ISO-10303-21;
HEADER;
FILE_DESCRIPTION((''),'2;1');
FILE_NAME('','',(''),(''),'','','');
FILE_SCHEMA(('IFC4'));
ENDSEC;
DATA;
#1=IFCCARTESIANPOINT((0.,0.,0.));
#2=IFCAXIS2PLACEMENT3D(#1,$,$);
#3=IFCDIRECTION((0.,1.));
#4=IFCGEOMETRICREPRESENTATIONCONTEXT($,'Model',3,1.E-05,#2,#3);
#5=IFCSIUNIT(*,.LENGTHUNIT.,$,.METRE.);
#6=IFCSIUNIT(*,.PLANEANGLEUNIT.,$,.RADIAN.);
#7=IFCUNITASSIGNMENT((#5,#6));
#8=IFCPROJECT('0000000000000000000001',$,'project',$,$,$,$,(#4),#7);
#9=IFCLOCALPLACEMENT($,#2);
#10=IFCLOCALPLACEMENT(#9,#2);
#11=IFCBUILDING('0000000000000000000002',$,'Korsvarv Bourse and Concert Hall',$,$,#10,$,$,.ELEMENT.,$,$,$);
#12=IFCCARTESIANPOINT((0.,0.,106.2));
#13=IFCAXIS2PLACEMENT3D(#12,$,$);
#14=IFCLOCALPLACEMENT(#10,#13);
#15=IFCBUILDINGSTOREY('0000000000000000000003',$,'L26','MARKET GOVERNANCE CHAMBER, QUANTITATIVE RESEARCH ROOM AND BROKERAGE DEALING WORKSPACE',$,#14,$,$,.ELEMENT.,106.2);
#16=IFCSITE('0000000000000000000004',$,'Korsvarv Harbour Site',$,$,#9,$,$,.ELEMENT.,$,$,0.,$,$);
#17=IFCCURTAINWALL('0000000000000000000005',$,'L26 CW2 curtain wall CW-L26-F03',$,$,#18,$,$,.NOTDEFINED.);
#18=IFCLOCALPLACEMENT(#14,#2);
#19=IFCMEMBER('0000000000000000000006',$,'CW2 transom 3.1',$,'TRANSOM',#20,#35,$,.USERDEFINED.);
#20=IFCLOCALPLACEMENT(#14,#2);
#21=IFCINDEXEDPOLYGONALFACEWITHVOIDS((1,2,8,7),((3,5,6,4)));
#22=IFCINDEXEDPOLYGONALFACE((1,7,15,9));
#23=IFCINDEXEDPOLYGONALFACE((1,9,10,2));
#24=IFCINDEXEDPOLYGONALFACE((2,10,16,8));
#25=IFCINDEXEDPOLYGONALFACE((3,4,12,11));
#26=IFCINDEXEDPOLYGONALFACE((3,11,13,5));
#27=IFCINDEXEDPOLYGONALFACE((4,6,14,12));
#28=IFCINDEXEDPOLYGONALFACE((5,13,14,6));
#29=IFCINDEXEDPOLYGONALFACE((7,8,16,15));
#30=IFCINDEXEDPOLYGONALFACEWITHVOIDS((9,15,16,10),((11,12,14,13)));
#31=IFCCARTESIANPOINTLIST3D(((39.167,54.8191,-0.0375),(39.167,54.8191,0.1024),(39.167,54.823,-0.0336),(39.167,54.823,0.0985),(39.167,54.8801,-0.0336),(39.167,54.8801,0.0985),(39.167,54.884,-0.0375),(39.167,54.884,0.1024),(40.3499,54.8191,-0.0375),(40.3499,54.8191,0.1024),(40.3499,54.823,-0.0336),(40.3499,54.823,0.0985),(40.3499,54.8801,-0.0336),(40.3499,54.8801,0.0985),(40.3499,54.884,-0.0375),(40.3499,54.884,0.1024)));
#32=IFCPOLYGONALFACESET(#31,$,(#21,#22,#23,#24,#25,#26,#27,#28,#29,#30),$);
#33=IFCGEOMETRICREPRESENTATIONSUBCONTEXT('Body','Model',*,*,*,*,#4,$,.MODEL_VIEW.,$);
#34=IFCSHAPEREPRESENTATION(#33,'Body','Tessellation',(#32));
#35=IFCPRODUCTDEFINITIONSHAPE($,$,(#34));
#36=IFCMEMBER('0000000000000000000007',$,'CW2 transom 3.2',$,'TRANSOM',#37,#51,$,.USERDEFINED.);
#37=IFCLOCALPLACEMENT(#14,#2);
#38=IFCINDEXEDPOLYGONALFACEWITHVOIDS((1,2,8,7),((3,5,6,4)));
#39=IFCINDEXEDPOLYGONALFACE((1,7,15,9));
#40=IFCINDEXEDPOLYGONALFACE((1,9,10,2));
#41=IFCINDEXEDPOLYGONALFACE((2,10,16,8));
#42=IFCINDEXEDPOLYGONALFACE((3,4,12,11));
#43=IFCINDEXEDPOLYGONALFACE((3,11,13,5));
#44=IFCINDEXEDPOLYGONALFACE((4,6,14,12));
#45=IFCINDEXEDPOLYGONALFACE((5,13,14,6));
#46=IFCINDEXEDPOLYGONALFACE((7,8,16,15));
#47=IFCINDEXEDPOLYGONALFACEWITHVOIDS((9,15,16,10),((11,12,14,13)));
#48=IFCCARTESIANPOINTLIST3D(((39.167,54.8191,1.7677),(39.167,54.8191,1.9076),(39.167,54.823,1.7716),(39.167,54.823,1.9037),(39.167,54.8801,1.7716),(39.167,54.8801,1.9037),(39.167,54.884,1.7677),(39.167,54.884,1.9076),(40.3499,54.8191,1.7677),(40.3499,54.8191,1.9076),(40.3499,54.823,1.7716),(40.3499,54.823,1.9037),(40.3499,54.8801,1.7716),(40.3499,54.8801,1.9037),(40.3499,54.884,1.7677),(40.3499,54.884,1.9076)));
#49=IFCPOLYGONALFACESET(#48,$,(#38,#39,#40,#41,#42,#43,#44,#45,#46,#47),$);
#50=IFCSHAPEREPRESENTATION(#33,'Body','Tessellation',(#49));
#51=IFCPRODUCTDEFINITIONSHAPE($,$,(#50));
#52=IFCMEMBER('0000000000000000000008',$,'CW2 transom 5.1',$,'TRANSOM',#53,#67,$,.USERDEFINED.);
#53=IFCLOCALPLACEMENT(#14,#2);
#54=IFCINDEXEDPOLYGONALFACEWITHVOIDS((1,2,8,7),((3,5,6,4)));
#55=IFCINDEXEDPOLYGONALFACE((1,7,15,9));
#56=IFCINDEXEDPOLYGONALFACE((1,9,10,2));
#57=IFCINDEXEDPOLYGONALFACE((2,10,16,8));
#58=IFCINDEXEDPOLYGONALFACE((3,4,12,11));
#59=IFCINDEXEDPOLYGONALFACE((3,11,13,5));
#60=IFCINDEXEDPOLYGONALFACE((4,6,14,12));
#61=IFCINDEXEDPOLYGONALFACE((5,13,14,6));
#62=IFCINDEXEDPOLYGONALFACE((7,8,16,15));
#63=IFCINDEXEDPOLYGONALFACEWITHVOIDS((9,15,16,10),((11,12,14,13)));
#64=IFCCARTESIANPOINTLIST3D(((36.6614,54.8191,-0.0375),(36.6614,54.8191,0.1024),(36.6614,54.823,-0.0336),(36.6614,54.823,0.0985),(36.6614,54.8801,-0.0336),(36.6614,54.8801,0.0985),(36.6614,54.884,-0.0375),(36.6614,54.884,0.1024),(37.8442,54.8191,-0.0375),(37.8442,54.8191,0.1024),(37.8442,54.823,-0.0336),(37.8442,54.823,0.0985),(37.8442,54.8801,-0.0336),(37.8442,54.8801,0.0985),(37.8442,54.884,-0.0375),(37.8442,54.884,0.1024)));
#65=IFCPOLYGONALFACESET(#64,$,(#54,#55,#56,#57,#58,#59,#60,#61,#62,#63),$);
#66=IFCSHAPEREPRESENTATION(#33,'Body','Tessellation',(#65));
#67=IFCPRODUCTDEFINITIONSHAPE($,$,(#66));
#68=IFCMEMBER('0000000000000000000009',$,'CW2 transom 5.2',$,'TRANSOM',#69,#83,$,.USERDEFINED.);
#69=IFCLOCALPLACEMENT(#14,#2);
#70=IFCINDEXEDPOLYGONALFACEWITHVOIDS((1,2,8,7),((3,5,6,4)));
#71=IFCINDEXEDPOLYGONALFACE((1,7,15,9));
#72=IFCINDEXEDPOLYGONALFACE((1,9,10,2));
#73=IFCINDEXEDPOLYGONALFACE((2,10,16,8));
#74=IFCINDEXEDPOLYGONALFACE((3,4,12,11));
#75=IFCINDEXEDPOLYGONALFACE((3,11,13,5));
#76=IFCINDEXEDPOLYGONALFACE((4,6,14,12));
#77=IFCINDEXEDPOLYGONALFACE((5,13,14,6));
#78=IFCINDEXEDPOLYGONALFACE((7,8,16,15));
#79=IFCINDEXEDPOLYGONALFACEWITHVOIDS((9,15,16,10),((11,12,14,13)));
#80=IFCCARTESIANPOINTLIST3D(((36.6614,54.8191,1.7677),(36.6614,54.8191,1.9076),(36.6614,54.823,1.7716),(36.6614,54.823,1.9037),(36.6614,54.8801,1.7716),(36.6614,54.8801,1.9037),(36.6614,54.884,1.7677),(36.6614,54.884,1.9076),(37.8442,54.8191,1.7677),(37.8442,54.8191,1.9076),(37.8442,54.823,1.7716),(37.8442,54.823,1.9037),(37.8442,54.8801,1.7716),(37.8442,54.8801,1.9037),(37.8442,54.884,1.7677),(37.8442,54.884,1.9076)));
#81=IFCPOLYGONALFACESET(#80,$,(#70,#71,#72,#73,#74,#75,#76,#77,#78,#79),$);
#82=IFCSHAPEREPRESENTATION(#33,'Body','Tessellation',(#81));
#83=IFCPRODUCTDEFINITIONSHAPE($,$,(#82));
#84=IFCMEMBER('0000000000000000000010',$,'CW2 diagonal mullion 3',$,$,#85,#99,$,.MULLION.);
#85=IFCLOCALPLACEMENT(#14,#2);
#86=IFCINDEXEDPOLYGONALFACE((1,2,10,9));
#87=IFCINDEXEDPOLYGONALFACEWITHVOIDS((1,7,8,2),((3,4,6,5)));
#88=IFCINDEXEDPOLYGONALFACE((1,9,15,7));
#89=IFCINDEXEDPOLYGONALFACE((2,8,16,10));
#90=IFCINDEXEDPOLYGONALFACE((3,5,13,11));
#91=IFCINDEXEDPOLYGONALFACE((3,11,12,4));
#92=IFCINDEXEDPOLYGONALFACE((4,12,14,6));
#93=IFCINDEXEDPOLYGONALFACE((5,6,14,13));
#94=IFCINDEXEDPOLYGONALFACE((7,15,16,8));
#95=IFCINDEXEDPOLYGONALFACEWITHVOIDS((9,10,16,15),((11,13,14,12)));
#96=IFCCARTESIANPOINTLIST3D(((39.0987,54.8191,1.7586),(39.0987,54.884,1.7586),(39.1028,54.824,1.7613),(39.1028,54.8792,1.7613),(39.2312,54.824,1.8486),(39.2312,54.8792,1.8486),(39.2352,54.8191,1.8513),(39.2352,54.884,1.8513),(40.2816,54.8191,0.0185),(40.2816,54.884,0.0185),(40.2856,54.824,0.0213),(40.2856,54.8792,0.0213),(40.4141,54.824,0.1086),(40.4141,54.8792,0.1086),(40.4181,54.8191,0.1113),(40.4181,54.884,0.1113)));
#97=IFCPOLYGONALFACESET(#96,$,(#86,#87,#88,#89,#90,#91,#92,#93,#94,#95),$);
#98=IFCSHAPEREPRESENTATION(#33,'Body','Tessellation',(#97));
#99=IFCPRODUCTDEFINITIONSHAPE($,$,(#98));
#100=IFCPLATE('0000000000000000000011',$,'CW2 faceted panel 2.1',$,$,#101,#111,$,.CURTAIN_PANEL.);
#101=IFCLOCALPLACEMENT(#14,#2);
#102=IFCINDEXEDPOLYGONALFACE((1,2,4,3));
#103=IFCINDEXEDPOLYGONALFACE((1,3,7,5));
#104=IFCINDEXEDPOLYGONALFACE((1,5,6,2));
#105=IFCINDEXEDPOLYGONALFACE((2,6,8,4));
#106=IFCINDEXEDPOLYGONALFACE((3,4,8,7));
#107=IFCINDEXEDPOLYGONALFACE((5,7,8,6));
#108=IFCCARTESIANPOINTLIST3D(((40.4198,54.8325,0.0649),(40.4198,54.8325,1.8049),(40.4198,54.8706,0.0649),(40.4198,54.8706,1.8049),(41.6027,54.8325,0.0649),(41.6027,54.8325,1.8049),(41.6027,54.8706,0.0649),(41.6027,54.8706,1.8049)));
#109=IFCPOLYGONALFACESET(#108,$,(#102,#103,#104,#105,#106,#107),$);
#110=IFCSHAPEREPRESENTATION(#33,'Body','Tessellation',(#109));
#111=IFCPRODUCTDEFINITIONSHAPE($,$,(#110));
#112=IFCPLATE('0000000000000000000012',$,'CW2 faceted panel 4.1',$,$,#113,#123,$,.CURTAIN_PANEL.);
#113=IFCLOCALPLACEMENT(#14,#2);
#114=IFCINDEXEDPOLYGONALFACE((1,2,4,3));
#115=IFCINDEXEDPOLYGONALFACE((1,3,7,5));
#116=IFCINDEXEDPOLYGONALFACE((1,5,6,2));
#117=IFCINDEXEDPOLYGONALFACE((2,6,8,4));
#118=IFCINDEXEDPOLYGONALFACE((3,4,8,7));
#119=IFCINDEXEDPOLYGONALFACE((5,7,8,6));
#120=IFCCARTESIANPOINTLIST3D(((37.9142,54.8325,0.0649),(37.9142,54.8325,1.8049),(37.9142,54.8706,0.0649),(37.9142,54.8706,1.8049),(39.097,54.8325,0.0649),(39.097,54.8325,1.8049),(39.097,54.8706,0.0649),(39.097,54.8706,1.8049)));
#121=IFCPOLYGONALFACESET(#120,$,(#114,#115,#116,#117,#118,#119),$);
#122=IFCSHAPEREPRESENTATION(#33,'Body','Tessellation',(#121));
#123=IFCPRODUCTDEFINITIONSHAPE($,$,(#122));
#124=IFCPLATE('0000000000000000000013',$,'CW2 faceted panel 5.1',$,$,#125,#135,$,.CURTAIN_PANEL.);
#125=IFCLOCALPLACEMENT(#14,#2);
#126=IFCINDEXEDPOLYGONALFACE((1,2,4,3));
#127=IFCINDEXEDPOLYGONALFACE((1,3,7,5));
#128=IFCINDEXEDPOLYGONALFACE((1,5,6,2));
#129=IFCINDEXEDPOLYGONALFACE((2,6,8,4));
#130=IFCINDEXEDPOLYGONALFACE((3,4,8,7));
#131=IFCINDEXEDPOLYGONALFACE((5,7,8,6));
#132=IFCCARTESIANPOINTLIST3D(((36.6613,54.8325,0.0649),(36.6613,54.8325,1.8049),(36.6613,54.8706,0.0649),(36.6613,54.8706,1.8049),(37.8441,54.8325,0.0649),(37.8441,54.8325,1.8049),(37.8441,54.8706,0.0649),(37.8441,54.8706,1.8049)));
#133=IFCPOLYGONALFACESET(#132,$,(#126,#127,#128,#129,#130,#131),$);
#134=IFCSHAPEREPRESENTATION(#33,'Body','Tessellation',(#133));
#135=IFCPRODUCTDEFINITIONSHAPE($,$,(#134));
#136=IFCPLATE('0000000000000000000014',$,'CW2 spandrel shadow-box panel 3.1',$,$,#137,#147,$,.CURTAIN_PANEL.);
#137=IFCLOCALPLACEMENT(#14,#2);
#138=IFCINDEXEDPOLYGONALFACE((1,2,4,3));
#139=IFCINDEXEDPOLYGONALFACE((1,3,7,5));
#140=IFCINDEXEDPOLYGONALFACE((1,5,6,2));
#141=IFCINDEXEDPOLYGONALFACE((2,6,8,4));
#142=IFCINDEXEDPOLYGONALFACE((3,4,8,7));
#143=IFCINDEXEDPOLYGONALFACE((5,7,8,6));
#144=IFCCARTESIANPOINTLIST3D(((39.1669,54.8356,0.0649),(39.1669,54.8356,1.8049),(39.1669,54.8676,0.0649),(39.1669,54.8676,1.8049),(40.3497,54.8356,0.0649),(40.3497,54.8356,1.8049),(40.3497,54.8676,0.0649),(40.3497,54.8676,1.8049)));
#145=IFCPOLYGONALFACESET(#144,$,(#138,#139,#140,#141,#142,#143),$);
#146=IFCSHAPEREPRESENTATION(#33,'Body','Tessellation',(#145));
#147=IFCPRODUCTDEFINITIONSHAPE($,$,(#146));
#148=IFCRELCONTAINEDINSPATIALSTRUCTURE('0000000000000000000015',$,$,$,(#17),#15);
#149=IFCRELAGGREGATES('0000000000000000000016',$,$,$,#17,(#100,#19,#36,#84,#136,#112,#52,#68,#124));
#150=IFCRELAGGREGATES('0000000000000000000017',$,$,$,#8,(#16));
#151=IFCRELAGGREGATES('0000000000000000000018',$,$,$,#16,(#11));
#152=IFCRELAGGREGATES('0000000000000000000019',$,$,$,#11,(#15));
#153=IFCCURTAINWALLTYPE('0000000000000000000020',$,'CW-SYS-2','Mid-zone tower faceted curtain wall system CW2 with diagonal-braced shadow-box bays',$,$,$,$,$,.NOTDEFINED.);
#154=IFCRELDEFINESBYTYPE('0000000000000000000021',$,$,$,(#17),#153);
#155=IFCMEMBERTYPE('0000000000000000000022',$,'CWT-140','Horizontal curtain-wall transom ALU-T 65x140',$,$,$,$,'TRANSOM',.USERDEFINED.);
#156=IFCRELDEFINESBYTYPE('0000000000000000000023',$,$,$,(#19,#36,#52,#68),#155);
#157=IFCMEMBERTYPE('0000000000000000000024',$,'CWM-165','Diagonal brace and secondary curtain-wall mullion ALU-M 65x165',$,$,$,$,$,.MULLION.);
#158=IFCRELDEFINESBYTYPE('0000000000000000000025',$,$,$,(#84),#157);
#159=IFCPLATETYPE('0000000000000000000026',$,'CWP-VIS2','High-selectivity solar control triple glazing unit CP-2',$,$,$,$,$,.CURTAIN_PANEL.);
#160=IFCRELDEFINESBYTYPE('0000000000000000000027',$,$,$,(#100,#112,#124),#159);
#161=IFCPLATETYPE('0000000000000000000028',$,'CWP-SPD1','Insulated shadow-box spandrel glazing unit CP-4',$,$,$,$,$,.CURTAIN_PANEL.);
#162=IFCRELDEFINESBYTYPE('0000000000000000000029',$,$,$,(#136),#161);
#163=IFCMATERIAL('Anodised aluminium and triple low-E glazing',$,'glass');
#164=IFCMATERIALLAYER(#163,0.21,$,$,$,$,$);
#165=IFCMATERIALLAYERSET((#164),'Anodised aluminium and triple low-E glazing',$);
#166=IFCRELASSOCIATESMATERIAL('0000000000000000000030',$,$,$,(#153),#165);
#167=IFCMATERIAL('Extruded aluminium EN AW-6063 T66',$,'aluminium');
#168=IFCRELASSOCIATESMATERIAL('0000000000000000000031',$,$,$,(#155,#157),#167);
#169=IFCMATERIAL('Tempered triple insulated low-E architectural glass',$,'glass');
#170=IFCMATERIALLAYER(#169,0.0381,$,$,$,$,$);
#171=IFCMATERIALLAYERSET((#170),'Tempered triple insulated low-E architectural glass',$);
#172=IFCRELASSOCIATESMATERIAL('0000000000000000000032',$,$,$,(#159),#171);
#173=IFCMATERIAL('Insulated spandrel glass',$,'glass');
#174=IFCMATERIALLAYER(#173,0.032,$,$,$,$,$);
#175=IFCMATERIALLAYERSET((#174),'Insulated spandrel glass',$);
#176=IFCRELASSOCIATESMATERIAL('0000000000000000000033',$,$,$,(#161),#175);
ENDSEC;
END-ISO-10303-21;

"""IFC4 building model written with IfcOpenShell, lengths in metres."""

from ifc_helpers import new_model, si_unit, direction, frame, origin, origin_2d, place, context, subcontext, project, spatial, rectangle, hollow_rectangle, extrude, source, transform, mapped, material, layer, layer_set, material_profile, profile_set, type_object, element, aggregate, save


model = new_model("IFC4")

# Units and contexts
model_context = context("Model", 3, precision=1e-05, world=origin(), true_north=direction((0.0, 1.0)))
body_context = subcontext(model_context, "Body", "Model", "MODEL_VIEW")
ifc_project = project(units=[si_unit("LENGTHUNIT", "METRE"), si_unit("PLANEANGLEUNIT", "RADIAN")], contexts=[model_context])

# Site, building, storey
site_placement = place(None, origin())
site = spatial("IfcSite", under=ifc_project, at=site_placement, Name="Korsvarv Harbour Site", CompositionType="ELEMENT", RefElevation=0.0)
building_placement = place(site_placement, origin())
building = spatial("IfcBuilding", under=site, at=building_placement, Name="Korsvarv Bourse and Concert Hall", CompositionType="ELEMENT")
storey_placement = place(building_placement, frame((0.0, 0.0, 106.2)))
storey = spatial("IfcBuildingStorey", under=building, at=storey_placement, Name="L26", Description="MARKET GOVERNANCE CHAMBER, QUANTITATIVE RESEARCH ROOM AND BROKERAGE DEALING WORKSPACE", CompositionType="ELEMENT", Elevation=106.2)

# Curtain wall, members, plates
ifc_material_1 = material(Name="Anodised aluminium and triple low-E glazing", Category="glass")
ifc_layer_1 = layer(ifc_material_1, 0.21)
ifc_layer_set_1 = layer_set([ifc_layer_1], Name="Anodised aluminium and triple low-E glazing")
curtain_wall_type = type_object("IfcCurtainWallType", Name="CW-SYS-2", Description="Mid-zone tower faceted curtain wall system CW2 with diagonal-braced shadow-box bays", PredefinedType="NOTDEFINED", material=ifc_layer_set_1)
curtain_wall_placement = place(storey_placement, origin())
curtain_wall = element("IfcCurtainWall", 1, at=curtain_wall_placement, inside=storey, type_object=curtain_wall_type, Name="L26 CW2 curtain wall CW-L26-F03", PredefinedType="NOTDEFINED")
ifc_material_2 = material(Name="Extruded aluminium EN AW-6063 T66", Category="aluminium")
ifc_material_profile_1 = material_profile(ifc_material_2, hollow_rectangle(XDim=0.0649, YDim=0.1399, WallThickness=0.0039, at=origin_2d()), Name="ALU-T 65x140")
ifc_profile_set_1 = profile_set([ifc_material_profile_1], Name="Extruded aluminium EN AW-6063 T66")
member_type_1 = type_object("IfcMemberType", Name="CWT-140", Description="Horizontal curtain-wall transom ALU-T 65x140", ElementType="TRANSOM", PredefinedType="USERDEFINED", material=ifc_profile_set_1)
shared_shape_1 = source(origin(), body_context, "Body", "SweptSolid", [
    extrude(hollow_rectangle(XDim=0.0649, YDim=0.1399, WallThickness=0.0039, at=origin_2d()), origin(), (0.0, 0.0, 1.0), 1.1829),
])
member_1_placement = place(storey_placement, frame((40.3499, 54.8516, 0.0325), z_axis=(-1.0, 0.0, 0.0), x_axis=(0.0, -1.0, 0.0)))
member_1 = element("IfcMember", 2, at=member_1_placement, type_object=member_type_1, Name="CW2 transom 3.1", ObjectType="TRANSOM", PredefinedType="USERDEFINED", context=body_context, shape_type="MappedRepresentation", body=[
    mapped(shared_shape_1, transform((0.0, 0.0, 0.0), scale=1.0)),
])
member_2_placement = place(storey_placement, frame((40.3499, 54.8516, 1.8376), z_axis=(-1.0, 0.0, 0.0), x_axis=(0.0, -1.0, 0.0)))
member_2 = element("IfcMember", 3, at=member_2_placement, type_object=member_type_1, Name="CW2 transom 3.2", ObjectType="TRANSOM", PredefinedType="USERDEFINED", context=body_context, shape_type="MappedRepresentation", body=[
    mapped(shared_shape_1, transform((0.0, 0.0, 0.0), scale=1.0)),
])
member_3_placement = place(storey_placement, frame((37.8442, 54.8516, 0.0325), z_axis=(-1.0, 0.0, 0.0), x_axis=(0.0, -1.0, 0.0)))
member_3 = element("IfcMember", 4, at=member_3_placement, type_object=member_type_1, Name="CW2 transom 5.1", ObjectType="TRANSOM", PredefinedType="USERDEFINED", context=body_context, shape_type="MappedRepresentation", body=[
    mapped(shared_shape_1, transform((0.0, 0.0, 0.0), scale=1.0)),
])
member_4_placement = place(storey_placement, frame((37.8442, 54.8516, 1.8376), z_axis=(-1.0, 0.0, 0.0), x_axis=(0.0, -1.0, 0.0)))
member_4 = element("IfcMember", 5, at=member_4_placement, type_object=member_type_1, Name="CW2 transom 5.2", ObjectType="TRANSOM", PredefinedType="USERDEFINED", context=body_context, shape_type="MappedRepresentation", body=[
    mapped(shared_shape_1, transform((0.0, 0.0, 0.0), scale=1.0)),
])
ifc_material_profile_2 = material_profile(ifc_material_2, hollow_rectangle(XDim=0.0649, YDim=0.165, WallThickness=0.0049, at=origin_2d()), Name="ALU-M 65x165")
ifc_profile_set_2 = profile_set([ifc_material_profile_2], Name="Extruded aluminium EN AW-6063 T66")
member_type_2 = type_object("IfcMemberType", Name="CWM-165", Description="Diagonal brace and secondary curtain-wall mullion ALU-M 65x165", PredefinedType="MULLION", material=ifc_profile_set_2)
shared_shape_2 = source(origin(), body_context, "Body", "SweptSolid", [
    extrude(hollow_rectangle(XDim=0.0649, YDim=0.165, WallThickness=0.0049, at=origin_2d()), origin(), (0.0, 0.0, 1.0), 2.104),
])
member_5_placement = place(storey_placement, frame((40.3499, 54.8516, 0.0649), z_axis=(-0.562202, 0.0, 0.827), x_axis=(0.0, -1.0, 0.0)))
member_5 = element("IfcMember", 6, at=member_5_placement, type_object=member_type_2, Name="CW2 diagonal mullion 3", PredefinedType="MULLION", context=body_context, shape_type="MappedRepresentation", body=[
    mapped(shared_shape_2, transform((0.0, 0.0, 0.0), scale=1.0)),
])
ifc_material_3 = material(Name="Tempered triple insulated low-E architectural glass", Category="glass")
ifc_layer_2 = layer(ifc_material_3, 0.0381)
ifc_layer_set_2 = layer_set([ifc_layer_2], Name="Tempered triple insulated low-E architectural glass")
plate_type_1 = type_object("IfcPlateType", Name="CWP-VIS2", Description="High-selectivity solar control triple glazing unit CP-2", PredefinedType="CURTAIN_PANEL", material=ifc_layer_set_2)
shared_shape_3 = source(origin(), body_context, "Body", "SweptSolid", [
    extrude(rectangle(XDim=1.1829, YDim=0.0381, at=origin_2d()), origin(), (0.0, 0.0, 1.0), 1.74),
])
plate_1_placement = place(storey_placement, frame((41.0112, 54.8516, 0.0649), z_axis=(0.0, 0.0, 1.0), x_axis=(-1.0, 0.0, 0.0)))
plate_1 = element("IfcPlate", 7, at=plate_1_placement, type_object=plate_type_1, Name="CW2 faceted panel 2.1", PredefinedType="CURTAIN_PANEL", context=body_context, shape_type="MappedRepresentation", body=[
    mapped(shared_shape_3, transform((0.0, 0.0, 0.0), scale=1.0)),
])
plate_2_placement = place(storey_placement, frame((38.5056, 54.8516, 0.0649), z_axis=(0.0, 0.0, 1.0), x_axis=(-1.0, 0.0, 0.0)))
plate_2 = element("IfcPlate", 8, at=plate_2_placement, type_object=plate_type_1, Name="CW2 faceted panel 4.1", PredefinedType="CURTAIN_PANEL", context=body_context, shape_type="MappedRepresentation", body=[
    mapped(shared_shape_3, transform((0.0, 0.0, 0.0), scale=1.0)),
])
plate_3_placement = place(storey_placement, frame((37.2527, 54.8516, 0.0649), z_axis=(0.0, 0.0, 1.0), x_axis=(-1.0, 0.0, 0.0)))
plate_3 = element("IfcPlate", 9, at=plate_3_placement, type_object=plate_type_1, Name="CW2 faceted panel 5.1", PredefinedType="CURTAIN_PANEL", context=body_context, shape_type="MappedRepresentation", body=[
    mapped(shared_shape_3, transform((0.0, 0.0, 0.0), scale=1.0)),
])
ifc_material_4 = material(Name="Insulated spandrel glass", Category="glass")
ifc_layer_3 = layer(ifc_material_4, 0.032)
ifc_layer_set_3 = layer_set([ifc_layer_3], Name="Insulated spandrel glass")
plate_type_2 = type_object("IfcPlateType", Name="CWP-SPD1", Description="Insulated shadow-box spandrel glazing unit CP-4", PredefinedType="CURTAIN_PANEL", material=ifc_layer_set_3)
shared_shape_4 = source(origin(), body_context, "Body", "SweptSolid", [
    extrude(rectangle(XDim=1.1829, YDim=0.032, at=origin_2d()), origin(), (0.0, 0.0, 1.0), 1.74),
])
plate_4_placement = place(storey_placement, frame((39.7583, 54.8516, 0.0649), z_axis=(0.0, 0.0, 1.0), x_axis=(-1.0, 0.0, 0.0)))
plate_4 = element("IfcPlate", 10, at=plate_4_placement, type_object=plate_type_2, Name="CW2 spandrel shadow-box panel 3.1", PredefinedType="CURTAIN_PANEL", context=body_context, shape_type="MappedRepresentation", body=[
    mapped(shared_shape_4, transform((0.0, 0.0, 0.0), scale=1.0)),
])
aggregate(curtain_wall, [plate_1, member_1, member_2, member_5, plate_4, plate_2, member_3, member_4, plate_3])

save(model, "model.ifc")
